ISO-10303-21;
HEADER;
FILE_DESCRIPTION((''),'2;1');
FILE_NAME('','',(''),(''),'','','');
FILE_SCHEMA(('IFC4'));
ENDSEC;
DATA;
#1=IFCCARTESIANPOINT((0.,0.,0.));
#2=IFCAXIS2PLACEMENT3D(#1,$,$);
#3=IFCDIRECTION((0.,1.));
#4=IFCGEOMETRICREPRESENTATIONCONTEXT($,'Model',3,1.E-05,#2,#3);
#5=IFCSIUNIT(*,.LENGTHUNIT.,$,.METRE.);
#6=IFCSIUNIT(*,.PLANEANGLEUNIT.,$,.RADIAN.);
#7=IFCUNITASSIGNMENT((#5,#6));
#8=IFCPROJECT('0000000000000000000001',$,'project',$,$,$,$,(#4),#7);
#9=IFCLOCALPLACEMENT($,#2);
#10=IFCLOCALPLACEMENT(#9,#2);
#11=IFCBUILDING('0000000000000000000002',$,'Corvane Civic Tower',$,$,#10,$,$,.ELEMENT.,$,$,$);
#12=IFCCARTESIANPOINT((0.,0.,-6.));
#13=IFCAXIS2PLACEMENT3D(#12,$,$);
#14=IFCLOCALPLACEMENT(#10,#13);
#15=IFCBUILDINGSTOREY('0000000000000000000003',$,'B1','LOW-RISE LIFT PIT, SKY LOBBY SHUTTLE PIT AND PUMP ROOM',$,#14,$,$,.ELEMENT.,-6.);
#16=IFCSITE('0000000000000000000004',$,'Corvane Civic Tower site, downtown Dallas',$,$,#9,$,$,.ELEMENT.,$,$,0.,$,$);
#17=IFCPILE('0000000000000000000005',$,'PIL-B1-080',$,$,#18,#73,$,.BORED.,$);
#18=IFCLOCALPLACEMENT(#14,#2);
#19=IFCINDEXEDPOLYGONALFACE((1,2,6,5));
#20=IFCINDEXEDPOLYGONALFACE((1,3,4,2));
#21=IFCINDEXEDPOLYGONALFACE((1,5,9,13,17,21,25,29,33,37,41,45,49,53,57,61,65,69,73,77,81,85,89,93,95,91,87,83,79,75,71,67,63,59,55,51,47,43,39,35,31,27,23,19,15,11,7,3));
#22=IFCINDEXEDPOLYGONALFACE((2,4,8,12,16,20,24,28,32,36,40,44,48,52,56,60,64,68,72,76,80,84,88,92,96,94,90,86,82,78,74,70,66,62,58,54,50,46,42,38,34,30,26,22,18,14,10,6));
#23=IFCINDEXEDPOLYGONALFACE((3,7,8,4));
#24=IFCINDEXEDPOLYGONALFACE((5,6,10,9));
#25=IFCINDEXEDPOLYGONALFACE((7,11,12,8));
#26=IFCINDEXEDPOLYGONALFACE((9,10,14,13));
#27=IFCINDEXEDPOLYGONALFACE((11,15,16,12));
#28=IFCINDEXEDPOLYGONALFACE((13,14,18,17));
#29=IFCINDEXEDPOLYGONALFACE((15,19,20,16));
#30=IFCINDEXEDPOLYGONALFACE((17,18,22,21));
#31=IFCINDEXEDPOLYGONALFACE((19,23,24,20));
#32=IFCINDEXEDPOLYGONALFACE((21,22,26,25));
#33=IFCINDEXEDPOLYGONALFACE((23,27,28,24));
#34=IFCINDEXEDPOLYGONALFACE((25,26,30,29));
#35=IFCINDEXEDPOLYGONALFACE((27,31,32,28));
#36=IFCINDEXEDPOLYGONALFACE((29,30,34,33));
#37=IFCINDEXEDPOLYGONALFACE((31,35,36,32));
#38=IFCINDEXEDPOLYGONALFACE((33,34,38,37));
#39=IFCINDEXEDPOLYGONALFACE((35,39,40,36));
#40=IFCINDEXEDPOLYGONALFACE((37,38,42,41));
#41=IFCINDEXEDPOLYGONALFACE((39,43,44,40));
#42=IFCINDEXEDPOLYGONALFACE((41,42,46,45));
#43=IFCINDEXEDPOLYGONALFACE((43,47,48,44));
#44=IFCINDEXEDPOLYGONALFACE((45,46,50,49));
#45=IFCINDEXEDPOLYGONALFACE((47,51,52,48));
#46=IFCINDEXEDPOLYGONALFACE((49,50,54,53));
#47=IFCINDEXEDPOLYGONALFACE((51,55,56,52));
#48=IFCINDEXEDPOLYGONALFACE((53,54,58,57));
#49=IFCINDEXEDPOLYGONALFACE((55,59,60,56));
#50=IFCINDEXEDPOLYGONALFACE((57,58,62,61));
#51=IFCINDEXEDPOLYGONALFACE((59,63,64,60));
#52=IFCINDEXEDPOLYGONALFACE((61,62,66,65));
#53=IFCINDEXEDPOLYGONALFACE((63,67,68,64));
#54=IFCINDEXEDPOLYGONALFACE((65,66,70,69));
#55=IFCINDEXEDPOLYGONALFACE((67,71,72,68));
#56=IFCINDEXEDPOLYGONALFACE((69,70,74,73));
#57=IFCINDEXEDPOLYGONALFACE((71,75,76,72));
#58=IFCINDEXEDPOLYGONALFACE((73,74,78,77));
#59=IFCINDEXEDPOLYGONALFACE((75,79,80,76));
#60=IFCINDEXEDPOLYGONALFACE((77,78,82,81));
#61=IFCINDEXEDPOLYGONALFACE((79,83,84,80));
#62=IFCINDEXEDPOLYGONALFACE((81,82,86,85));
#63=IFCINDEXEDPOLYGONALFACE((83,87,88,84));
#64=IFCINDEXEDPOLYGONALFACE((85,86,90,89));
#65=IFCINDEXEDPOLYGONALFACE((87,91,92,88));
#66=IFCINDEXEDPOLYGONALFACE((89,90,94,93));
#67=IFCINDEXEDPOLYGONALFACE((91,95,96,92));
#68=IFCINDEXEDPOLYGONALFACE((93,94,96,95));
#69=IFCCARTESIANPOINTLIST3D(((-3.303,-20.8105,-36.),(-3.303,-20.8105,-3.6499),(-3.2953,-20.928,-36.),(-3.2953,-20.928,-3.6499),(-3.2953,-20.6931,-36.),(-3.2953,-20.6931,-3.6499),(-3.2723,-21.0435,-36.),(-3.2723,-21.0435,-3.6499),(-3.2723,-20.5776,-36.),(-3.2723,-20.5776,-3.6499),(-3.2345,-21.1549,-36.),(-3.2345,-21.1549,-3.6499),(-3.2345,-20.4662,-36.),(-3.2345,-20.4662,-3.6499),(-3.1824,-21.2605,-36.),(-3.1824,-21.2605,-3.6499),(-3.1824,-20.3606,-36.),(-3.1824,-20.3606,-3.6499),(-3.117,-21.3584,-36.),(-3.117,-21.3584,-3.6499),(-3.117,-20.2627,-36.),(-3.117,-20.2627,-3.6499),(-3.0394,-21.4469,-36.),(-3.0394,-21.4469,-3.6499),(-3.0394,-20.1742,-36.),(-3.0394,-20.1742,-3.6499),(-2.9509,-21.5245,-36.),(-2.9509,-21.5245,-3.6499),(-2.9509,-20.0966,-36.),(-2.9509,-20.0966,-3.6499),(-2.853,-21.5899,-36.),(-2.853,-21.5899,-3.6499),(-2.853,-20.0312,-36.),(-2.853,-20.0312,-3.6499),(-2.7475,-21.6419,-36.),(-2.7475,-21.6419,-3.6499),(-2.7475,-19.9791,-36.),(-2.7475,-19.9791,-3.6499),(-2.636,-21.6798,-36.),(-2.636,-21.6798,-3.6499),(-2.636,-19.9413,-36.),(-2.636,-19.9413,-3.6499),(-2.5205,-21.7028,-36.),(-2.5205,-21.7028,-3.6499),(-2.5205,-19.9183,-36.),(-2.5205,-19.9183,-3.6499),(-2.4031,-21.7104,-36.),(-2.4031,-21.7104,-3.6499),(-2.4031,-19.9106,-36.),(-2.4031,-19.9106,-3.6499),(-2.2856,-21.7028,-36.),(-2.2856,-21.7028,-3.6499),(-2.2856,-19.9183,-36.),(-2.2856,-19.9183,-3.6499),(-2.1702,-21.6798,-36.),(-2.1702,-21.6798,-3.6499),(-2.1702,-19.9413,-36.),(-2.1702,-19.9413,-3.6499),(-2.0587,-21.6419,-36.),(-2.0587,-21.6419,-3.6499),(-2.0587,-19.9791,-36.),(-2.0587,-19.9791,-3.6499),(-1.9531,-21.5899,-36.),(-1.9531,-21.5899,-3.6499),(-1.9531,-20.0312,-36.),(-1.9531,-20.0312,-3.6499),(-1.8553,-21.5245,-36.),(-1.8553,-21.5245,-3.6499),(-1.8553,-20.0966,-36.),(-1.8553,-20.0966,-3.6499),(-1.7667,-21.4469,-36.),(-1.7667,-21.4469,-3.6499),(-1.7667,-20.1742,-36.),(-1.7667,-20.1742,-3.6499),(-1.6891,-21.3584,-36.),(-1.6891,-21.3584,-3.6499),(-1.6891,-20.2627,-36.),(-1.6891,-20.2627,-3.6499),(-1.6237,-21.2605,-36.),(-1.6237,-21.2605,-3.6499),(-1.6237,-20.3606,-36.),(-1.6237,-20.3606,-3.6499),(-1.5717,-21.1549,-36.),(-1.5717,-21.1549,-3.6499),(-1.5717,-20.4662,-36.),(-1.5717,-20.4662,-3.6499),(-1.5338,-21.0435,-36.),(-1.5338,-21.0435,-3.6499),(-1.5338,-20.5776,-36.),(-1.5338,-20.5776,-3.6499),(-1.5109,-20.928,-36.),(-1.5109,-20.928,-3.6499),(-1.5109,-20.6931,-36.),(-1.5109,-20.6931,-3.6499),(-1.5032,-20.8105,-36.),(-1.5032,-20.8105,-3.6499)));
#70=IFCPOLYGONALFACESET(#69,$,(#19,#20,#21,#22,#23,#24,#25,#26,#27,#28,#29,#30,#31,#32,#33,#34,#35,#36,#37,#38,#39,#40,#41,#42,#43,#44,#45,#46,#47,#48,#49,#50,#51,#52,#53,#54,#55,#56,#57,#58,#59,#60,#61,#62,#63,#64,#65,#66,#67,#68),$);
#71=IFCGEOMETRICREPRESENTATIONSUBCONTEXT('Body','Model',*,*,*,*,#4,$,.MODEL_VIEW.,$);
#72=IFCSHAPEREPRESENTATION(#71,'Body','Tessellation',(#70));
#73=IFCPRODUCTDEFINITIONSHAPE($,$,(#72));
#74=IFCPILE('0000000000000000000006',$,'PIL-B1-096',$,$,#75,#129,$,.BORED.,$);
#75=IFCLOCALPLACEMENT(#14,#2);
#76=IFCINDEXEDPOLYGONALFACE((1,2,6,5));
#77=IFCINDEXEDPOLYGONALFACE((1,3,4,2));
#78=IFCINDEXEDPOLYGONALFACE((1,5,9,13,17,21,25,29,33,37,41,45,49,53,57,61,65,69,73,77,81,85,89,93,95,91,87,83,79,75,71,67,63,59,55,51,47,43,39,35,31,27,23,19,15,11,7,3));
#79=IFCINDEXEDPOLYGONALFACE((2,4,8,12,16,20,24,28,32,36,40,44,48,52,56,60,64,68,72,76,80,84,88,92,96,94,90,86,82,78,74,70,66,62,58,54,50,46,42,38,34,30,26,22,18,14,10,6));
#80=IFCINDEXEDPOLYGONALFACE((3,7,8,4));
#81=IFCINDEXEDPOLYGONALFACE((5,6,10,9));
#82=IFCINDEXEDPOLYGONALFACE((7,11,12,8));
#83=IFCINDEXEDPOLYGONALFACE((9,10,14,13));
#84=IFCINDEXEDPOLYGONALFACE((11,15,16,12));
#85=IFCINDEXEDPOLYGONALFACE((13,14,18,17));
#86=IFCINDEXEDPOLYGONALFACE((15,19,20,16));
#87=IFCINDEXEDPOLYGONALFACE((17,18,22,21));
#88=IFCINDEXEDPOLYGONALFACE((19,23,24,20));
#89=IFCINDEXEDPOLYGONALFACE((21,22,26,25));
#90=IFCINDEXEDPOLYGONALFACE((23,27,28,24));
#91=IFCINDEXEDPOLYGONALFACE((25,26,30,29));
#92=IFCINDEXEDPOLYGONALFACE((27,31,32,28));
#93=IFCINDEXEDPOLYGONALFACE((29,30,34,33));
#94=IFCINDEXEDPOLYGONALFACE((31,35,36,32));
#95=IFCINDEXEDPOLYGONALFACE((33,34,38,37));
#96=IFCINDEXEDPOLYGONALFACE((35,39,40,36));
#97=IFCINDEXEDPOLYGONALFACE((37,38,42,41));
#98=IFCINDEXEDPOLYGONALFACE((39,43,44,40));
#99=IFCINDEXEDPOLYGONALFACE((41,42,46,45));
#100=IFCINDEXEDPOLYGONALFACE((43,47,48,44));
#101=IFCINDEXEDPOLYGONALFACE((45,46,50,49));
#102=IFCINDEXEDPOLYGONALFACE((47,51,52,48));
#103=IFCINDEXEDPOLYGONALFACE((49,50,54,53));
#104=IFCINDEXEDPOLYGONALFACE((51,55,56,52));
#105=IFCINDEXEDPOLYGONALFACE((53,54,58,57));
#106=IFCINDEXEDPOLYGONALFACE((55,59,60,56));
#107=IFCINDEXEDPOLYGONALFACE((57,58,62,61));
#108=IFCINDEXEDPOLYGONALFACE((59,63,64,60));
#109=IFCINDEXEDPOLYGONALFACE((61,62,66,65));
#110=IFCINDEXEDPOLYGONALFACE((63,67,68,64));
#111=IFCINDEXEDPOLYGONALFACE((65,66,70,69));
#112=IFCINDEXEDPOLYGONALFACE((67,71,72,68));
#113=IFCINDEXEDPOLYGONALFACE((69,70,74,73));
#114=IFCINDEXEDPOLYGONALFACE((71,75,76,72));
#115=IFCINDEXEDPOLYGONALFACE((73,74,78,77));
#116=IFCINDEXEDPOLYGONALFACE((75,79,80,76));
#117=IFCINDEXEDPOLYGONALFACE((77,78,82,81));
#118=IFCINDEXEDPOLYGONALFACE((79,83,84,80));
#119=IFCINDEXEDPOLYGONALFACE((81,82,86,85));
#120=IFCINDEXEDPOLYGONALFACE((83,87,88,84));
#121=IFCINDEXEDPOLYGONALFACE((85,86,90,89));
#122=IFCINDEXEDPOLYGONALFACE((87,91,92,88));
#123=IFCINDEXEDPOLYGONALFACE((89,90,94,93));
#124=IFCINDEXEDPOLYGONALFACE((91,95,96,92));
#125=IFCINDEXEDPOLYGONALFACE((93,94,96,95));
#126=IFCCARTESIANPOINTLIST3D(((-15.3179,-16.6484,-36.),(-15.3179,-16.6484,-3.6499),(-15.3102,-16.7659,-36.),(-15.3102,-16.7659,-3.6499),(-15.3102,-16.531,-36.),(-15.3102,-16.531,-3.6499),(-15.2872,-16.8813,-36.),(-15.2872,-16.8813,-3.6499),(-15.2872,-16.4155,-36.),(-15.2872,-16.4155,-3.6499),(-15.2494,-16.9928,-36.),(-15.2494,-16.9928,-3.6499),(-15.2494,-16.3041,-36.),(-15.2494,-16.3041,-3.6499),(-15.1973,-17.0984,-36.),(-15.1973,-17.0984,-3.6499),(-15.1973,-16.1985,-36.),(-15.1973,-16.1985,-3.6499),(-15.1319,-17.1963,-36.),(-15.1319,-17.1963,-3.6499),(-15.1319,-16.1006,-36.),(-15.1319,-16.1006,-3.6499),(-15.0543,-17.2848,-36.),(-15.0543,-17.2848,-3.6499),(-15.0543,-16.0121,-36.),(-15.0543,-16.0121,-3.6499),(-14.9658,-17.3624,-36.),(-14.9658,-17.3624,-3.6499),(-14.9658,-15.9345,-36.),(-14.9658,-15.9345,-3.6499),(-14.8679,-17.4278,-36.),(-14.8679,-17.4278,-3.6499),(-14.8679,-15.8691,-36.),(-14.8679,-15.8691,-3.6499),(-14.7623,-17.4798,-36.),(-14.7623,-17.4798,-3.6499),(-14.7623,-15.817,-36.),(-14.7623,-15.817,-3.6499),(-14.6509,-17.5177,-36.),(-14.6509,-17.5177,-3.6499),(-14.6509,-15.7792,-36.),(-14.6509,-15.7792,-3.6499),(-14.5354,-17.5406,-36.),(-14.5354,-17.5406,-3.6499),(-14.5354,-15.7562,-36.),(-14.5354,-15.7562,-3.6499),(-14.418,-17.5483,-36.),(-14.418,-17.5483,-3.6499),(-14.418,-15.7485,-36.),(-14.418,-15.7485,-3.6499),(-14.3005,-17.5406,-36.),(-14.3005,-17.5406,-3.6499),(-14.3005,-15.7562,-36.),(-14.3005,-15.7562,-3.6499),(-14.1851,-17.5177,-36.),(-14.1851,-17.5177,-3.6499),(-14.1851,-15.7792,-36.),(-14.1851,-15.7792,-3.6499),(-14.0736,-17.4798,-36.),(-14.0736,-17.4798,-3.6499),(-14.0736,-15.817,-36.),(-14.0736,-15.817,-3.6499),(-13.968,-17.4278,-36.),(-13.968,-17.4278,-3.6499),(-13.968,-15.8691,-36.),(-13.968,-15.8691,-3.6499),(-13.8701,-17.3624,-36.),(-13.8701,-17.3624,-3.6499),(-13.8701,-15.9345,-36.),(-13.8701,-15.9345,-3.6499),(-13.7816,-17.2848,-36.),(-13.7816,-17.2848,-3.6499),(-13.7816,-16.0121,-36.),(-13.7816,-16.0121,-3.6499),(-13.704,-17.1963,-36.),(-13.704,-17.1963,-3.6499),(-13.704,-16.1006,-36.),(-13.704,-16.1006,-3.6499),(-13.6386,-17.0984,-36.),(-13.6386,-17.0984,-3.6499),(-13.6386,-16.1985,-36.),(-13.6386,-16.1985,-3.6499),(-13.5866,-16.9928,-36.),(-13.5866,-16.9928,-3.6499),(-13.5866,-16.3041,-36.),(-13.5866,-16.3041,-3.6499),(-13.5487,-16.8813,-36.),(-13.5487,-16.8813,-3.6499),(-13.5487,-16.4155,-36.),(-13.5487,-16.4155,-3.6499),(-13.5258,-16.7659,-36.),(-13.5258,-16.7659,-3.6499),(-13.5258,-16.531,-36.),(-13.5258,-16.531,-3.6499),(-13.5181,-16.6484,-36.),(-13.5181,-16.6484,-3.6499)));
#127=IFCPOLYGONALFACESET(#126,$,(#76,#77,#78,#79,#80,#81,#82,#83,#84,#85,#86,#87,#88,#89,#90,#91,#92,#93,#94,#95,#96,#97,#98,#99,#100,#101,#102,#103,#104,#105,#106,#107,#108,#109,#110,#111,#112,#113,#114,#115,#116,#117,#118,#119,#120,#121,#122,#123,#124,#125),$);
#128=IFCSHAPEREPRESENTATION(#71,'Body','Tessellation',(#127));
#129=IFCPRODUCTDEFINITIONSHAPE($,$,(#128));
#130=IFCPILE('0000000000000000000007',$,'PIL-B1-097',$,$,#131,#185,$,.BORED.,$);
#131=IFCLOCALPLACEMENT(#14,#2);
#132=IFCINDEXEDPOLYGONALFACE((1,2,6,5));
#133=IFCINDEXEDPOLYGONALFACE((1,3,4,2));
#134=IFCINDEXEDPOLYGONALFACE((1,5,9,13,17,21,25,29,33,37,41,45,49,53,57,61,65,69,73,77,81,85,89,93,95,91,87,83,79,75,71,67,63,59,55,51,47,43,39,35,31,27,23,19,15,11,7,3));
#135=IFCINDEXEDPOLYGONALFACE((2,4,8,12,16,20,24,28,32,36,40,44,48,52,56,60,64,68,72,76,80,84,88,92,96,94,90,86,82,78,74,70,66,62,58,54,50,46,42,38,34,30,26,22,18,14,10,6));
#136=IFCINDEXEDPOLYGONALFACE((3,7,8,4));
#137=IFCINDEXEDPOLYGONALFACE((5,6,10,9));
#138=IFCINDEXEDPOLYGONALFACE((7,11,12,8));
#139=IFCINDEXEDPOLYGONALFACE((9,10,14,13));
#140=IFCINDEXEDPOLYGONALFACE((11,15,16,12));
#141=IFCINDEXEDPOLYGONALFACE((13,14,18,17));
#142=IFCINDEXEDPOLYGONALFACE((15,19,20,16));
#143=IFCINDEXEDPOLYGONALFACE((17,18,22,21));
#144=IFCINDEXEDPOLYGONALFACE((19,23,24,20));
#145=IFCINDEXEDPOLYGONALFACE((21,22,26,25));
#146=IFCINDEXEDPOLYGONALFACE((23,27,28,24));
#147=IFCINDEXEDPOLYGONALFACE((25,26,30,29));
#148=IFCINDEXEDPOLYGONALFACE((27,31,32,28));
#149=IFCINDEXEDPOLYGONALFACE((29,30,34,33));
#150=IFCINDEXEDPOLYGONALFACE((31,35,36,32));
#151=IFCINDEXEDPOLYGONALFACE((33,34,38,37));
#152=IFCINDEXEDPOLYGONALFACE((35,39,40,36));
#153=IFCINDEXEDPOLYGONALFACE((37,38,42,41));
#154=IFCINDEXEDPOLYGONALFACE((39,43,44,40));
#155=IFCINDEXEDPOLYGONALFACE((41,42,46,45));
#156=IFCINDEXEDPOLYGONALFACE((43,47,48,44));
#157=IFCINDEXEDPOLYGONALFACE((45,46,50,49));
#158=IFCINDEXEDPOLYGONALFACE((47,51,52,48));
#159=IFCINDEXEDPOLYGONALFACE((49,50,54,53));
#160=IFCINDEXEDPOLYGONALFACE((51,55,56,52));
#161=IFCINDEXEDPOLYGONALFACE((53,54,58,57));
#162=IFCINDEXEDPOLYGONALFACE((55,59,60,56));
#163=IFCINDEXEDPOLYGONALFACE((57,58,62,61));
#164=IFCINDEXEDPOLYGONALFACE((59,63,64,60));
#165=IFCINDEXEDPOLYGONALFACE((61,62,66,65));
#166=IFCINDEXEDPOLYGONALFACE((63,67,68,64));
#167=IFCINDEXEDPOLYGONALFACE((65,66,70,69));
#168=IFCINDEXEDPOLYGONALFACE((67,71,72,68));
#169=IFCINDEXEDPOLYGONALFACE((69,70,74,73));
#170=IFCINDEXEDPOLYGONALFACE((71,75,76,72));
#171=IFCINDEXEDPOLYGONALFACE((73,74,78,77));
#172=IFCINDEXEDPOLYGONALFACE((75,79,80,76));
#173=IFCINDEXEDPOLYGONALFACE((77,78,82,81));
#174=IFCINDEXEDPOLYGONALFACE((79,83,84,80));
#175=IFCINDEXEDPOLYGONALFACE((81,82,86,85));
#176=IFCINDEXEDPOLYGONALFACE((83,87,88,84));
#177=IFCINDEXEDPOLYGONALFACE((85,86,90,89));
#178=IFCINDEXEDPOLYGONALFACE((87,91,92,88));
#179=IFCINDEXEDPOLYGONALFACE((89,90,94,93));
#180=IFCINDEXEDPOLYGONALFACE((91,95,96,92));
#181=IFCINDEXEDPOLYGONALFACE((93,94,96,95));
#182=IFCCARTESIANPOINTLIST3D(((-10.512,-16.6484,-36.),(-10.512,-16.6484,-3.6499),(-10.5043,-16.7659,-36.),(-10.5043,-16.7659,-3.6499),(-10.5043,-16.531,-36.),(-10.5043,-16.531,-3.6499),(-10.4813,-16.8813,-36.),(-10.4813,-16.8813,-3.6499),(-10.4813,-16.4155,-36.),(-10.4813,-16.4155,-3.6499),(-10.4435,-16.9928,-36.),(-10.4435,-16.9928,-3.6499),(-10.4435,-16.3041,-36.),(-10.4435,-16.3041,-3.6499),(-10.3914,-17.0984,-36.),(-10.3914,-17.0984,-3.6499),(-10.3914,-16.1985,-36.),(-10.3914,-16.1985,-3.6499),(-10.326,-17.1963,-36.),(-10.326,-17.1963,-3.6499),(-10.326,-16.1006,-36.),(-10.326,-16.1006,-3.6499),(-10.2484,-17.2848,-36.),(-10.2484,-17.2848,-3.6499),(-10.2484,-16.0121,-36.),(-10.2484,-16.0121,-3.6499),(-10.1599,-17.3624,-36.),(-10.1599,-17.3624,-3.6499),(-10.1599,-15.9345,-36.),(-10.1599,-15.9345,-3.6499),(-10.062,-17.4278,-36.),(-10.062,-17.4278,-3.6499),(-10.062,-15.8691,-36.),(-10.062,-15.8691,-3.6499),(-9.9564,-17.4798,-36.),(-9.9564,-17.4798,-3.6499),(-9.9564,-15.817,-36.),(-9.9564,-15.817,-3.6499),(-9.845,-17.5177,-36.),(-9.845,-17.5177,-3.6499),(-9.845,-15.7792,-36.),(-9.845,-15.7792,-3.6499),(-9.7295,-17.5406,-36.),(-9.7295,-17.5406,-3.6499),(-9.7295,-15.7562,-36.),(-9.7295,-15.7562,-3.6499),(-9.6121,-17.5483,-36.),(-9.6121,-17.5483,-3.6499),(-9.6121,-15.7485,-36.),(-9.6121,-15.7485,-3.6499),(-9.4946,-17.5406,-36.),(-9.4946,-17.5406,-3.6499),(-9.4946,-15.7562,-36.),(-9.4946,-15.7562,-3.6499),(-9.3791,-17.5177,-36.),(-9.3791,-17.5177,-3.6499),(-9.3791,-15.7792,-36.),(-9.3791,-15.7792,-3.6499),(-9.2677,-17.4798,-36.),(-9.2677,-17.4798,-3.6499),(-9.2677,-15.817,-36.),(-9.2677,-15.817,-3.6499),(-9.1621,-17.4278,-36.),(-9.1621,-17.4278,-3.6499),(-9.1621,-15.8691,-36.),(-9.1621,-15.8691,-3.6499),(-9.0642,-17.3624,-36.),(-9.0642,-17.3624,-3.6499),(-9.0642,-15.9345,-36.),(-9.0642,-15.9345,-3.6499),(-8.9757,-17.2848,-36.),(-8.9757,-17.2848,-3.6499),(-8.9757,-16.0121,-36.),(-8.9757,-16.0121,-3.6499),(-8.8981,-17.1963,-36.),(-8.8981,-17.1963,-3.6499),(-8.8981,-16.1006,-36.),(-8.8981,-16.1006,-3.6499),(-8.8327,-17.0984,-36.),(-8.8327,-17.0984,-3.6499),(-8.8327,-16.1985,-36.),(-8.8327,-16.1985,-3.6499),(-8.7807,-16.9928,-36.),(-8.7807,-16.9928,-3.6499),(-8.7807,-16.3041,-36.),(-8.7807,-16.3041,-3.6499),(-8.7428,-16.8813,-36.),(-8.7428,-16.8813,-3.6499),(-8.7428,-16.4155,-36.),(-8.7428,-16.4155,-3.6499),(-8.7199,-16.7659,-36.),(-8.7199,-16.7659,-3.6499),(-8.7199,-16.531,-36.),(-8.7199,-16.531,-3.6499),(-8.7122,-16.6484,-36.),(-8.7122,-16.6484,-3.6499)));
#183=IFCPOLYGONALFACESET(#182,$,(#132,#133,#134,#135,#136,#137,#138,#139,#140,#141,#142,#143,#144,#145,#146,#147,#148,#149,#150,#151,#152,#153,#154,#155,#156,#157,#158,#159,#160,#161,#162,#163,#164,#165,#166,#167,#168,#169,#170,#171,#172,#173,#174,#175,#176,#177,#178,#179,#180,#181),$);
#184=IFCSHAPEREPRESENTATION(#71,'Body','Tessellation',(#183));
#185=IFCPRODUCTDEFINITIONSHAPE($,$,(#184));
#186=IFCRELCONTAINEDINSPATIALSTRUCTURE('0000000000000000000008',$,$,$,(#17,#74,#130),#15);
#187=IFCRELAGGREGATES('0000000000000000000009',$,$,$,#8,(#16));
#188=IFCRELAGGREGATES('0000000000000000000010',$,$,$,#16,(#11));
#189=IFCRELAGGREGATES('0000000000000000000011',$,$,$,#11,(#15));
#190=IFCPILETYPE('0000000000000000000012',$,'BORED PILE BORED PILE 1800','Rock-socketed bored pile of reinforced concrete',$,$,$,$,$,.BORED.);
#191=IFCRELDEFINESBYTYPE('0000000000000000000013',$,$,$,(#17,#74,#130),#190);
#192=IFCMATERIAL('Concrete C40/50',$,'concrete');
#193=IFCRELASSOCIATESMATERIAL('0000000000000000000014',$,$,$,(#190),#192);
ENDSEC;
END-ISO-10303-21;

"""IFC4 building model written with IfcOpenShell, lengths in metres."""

from ifc_helpers import new_model, si_unit, direction, frame, origin, origin_2d, place, context, subcontext, project, spatial, circle, extrude, material, material_profile, profile_set, type_object, element, save


model = new_model("IFC4")

# Units and contexts
model_context = context("Model", 3, precision=1e-05, world=origin(), true_north=direction((0.0, 1.0)))
body_context = subcontext(model_context, "Body", "Model", "MODEL_VIEW")
ifc_project = project(units=[si_unit("LENGTHUNIT", "METRE"), si_unit("PLANEANGLEUNIT", "RADIAN")], contexts=[model_context])

# Site, building, storey
site_placement = place(None, origin())
site = spatial("IfcSite", under=ifc_project, at=site_placement, Name="Corvane Civic Tower site, downtown Dallas", CompositionType="ELEMENT", RefElevation=0.0)
building_placement = place(site_placement, origin())
building = spatial("IfcBuilding", under=site, at=building_placement, Name="Corvane Civic Tower", CompositionType="ELEMENT")
storey_placement = place(building_placement, frame((0.0, 0.0, -6.0)))
storey = spatial("IfcBuildingStorey", under=building, at=storey_placement, Name="B1", Description="LOW-RISE LIFT PIT, SKY LOBBY SHUTTLE PIT AND PUMP ROOM", CompositionType="ELEMENT", Elevation=-6.0)

# Piles
ifc_material_1 = material(Name="Concrete C40/50", Category="concrete")
ifc_material_profile_1 = material_profile(ifc_material_1, circle(Radius=0.8999, at=origin_2d()), Name="BORED PILE 1800")
ifc_profile_set_1 = profile_set([ifc_material_profile_1], Name="Concrete C40/50")
pile_type = type_object("IfcPileType", Name="BORED PILE BORED PILE 1800", Description="Rock-socketed bored pile of reinforced concrete", PredefinedType="BORED", material=ifc_profile_set_1)
for number, where, z_axis, x_axis, name in (
    (1, (-2.4031, -20.8105, -3.6499), (0.0, 0.0, -1.0), (1.0, 0.0, 0.0), "PIL-B1-080"),
    (2, (-14.418, -16.6484, -3.6499), (0.0, 0.0, -1.0), (1.0, 0.0, 0.0), "PIL-B1-096"),
    (3, (-9.6121, -16.6484, -3.6499), (0.0, 0.0, -1.0), (1.0, 0.0, 0.0), "PIL-B1-097"),
):
    element("IfcPile", number, at=place(storey_placement, frame(where, z_axis=z_axis, x_axis=x_axis)), inside=storey, type_object=pile_type, Name=name, PredefinedType="BORED", context=body_context, shape_type="SweptSolid", body=[
        extrude(circle(Radius=0.8999, at=origin_2d()), origin(), (0.0, 0.0, 1.0), 32.3501),
    ])

save(model, "model.ifc")
